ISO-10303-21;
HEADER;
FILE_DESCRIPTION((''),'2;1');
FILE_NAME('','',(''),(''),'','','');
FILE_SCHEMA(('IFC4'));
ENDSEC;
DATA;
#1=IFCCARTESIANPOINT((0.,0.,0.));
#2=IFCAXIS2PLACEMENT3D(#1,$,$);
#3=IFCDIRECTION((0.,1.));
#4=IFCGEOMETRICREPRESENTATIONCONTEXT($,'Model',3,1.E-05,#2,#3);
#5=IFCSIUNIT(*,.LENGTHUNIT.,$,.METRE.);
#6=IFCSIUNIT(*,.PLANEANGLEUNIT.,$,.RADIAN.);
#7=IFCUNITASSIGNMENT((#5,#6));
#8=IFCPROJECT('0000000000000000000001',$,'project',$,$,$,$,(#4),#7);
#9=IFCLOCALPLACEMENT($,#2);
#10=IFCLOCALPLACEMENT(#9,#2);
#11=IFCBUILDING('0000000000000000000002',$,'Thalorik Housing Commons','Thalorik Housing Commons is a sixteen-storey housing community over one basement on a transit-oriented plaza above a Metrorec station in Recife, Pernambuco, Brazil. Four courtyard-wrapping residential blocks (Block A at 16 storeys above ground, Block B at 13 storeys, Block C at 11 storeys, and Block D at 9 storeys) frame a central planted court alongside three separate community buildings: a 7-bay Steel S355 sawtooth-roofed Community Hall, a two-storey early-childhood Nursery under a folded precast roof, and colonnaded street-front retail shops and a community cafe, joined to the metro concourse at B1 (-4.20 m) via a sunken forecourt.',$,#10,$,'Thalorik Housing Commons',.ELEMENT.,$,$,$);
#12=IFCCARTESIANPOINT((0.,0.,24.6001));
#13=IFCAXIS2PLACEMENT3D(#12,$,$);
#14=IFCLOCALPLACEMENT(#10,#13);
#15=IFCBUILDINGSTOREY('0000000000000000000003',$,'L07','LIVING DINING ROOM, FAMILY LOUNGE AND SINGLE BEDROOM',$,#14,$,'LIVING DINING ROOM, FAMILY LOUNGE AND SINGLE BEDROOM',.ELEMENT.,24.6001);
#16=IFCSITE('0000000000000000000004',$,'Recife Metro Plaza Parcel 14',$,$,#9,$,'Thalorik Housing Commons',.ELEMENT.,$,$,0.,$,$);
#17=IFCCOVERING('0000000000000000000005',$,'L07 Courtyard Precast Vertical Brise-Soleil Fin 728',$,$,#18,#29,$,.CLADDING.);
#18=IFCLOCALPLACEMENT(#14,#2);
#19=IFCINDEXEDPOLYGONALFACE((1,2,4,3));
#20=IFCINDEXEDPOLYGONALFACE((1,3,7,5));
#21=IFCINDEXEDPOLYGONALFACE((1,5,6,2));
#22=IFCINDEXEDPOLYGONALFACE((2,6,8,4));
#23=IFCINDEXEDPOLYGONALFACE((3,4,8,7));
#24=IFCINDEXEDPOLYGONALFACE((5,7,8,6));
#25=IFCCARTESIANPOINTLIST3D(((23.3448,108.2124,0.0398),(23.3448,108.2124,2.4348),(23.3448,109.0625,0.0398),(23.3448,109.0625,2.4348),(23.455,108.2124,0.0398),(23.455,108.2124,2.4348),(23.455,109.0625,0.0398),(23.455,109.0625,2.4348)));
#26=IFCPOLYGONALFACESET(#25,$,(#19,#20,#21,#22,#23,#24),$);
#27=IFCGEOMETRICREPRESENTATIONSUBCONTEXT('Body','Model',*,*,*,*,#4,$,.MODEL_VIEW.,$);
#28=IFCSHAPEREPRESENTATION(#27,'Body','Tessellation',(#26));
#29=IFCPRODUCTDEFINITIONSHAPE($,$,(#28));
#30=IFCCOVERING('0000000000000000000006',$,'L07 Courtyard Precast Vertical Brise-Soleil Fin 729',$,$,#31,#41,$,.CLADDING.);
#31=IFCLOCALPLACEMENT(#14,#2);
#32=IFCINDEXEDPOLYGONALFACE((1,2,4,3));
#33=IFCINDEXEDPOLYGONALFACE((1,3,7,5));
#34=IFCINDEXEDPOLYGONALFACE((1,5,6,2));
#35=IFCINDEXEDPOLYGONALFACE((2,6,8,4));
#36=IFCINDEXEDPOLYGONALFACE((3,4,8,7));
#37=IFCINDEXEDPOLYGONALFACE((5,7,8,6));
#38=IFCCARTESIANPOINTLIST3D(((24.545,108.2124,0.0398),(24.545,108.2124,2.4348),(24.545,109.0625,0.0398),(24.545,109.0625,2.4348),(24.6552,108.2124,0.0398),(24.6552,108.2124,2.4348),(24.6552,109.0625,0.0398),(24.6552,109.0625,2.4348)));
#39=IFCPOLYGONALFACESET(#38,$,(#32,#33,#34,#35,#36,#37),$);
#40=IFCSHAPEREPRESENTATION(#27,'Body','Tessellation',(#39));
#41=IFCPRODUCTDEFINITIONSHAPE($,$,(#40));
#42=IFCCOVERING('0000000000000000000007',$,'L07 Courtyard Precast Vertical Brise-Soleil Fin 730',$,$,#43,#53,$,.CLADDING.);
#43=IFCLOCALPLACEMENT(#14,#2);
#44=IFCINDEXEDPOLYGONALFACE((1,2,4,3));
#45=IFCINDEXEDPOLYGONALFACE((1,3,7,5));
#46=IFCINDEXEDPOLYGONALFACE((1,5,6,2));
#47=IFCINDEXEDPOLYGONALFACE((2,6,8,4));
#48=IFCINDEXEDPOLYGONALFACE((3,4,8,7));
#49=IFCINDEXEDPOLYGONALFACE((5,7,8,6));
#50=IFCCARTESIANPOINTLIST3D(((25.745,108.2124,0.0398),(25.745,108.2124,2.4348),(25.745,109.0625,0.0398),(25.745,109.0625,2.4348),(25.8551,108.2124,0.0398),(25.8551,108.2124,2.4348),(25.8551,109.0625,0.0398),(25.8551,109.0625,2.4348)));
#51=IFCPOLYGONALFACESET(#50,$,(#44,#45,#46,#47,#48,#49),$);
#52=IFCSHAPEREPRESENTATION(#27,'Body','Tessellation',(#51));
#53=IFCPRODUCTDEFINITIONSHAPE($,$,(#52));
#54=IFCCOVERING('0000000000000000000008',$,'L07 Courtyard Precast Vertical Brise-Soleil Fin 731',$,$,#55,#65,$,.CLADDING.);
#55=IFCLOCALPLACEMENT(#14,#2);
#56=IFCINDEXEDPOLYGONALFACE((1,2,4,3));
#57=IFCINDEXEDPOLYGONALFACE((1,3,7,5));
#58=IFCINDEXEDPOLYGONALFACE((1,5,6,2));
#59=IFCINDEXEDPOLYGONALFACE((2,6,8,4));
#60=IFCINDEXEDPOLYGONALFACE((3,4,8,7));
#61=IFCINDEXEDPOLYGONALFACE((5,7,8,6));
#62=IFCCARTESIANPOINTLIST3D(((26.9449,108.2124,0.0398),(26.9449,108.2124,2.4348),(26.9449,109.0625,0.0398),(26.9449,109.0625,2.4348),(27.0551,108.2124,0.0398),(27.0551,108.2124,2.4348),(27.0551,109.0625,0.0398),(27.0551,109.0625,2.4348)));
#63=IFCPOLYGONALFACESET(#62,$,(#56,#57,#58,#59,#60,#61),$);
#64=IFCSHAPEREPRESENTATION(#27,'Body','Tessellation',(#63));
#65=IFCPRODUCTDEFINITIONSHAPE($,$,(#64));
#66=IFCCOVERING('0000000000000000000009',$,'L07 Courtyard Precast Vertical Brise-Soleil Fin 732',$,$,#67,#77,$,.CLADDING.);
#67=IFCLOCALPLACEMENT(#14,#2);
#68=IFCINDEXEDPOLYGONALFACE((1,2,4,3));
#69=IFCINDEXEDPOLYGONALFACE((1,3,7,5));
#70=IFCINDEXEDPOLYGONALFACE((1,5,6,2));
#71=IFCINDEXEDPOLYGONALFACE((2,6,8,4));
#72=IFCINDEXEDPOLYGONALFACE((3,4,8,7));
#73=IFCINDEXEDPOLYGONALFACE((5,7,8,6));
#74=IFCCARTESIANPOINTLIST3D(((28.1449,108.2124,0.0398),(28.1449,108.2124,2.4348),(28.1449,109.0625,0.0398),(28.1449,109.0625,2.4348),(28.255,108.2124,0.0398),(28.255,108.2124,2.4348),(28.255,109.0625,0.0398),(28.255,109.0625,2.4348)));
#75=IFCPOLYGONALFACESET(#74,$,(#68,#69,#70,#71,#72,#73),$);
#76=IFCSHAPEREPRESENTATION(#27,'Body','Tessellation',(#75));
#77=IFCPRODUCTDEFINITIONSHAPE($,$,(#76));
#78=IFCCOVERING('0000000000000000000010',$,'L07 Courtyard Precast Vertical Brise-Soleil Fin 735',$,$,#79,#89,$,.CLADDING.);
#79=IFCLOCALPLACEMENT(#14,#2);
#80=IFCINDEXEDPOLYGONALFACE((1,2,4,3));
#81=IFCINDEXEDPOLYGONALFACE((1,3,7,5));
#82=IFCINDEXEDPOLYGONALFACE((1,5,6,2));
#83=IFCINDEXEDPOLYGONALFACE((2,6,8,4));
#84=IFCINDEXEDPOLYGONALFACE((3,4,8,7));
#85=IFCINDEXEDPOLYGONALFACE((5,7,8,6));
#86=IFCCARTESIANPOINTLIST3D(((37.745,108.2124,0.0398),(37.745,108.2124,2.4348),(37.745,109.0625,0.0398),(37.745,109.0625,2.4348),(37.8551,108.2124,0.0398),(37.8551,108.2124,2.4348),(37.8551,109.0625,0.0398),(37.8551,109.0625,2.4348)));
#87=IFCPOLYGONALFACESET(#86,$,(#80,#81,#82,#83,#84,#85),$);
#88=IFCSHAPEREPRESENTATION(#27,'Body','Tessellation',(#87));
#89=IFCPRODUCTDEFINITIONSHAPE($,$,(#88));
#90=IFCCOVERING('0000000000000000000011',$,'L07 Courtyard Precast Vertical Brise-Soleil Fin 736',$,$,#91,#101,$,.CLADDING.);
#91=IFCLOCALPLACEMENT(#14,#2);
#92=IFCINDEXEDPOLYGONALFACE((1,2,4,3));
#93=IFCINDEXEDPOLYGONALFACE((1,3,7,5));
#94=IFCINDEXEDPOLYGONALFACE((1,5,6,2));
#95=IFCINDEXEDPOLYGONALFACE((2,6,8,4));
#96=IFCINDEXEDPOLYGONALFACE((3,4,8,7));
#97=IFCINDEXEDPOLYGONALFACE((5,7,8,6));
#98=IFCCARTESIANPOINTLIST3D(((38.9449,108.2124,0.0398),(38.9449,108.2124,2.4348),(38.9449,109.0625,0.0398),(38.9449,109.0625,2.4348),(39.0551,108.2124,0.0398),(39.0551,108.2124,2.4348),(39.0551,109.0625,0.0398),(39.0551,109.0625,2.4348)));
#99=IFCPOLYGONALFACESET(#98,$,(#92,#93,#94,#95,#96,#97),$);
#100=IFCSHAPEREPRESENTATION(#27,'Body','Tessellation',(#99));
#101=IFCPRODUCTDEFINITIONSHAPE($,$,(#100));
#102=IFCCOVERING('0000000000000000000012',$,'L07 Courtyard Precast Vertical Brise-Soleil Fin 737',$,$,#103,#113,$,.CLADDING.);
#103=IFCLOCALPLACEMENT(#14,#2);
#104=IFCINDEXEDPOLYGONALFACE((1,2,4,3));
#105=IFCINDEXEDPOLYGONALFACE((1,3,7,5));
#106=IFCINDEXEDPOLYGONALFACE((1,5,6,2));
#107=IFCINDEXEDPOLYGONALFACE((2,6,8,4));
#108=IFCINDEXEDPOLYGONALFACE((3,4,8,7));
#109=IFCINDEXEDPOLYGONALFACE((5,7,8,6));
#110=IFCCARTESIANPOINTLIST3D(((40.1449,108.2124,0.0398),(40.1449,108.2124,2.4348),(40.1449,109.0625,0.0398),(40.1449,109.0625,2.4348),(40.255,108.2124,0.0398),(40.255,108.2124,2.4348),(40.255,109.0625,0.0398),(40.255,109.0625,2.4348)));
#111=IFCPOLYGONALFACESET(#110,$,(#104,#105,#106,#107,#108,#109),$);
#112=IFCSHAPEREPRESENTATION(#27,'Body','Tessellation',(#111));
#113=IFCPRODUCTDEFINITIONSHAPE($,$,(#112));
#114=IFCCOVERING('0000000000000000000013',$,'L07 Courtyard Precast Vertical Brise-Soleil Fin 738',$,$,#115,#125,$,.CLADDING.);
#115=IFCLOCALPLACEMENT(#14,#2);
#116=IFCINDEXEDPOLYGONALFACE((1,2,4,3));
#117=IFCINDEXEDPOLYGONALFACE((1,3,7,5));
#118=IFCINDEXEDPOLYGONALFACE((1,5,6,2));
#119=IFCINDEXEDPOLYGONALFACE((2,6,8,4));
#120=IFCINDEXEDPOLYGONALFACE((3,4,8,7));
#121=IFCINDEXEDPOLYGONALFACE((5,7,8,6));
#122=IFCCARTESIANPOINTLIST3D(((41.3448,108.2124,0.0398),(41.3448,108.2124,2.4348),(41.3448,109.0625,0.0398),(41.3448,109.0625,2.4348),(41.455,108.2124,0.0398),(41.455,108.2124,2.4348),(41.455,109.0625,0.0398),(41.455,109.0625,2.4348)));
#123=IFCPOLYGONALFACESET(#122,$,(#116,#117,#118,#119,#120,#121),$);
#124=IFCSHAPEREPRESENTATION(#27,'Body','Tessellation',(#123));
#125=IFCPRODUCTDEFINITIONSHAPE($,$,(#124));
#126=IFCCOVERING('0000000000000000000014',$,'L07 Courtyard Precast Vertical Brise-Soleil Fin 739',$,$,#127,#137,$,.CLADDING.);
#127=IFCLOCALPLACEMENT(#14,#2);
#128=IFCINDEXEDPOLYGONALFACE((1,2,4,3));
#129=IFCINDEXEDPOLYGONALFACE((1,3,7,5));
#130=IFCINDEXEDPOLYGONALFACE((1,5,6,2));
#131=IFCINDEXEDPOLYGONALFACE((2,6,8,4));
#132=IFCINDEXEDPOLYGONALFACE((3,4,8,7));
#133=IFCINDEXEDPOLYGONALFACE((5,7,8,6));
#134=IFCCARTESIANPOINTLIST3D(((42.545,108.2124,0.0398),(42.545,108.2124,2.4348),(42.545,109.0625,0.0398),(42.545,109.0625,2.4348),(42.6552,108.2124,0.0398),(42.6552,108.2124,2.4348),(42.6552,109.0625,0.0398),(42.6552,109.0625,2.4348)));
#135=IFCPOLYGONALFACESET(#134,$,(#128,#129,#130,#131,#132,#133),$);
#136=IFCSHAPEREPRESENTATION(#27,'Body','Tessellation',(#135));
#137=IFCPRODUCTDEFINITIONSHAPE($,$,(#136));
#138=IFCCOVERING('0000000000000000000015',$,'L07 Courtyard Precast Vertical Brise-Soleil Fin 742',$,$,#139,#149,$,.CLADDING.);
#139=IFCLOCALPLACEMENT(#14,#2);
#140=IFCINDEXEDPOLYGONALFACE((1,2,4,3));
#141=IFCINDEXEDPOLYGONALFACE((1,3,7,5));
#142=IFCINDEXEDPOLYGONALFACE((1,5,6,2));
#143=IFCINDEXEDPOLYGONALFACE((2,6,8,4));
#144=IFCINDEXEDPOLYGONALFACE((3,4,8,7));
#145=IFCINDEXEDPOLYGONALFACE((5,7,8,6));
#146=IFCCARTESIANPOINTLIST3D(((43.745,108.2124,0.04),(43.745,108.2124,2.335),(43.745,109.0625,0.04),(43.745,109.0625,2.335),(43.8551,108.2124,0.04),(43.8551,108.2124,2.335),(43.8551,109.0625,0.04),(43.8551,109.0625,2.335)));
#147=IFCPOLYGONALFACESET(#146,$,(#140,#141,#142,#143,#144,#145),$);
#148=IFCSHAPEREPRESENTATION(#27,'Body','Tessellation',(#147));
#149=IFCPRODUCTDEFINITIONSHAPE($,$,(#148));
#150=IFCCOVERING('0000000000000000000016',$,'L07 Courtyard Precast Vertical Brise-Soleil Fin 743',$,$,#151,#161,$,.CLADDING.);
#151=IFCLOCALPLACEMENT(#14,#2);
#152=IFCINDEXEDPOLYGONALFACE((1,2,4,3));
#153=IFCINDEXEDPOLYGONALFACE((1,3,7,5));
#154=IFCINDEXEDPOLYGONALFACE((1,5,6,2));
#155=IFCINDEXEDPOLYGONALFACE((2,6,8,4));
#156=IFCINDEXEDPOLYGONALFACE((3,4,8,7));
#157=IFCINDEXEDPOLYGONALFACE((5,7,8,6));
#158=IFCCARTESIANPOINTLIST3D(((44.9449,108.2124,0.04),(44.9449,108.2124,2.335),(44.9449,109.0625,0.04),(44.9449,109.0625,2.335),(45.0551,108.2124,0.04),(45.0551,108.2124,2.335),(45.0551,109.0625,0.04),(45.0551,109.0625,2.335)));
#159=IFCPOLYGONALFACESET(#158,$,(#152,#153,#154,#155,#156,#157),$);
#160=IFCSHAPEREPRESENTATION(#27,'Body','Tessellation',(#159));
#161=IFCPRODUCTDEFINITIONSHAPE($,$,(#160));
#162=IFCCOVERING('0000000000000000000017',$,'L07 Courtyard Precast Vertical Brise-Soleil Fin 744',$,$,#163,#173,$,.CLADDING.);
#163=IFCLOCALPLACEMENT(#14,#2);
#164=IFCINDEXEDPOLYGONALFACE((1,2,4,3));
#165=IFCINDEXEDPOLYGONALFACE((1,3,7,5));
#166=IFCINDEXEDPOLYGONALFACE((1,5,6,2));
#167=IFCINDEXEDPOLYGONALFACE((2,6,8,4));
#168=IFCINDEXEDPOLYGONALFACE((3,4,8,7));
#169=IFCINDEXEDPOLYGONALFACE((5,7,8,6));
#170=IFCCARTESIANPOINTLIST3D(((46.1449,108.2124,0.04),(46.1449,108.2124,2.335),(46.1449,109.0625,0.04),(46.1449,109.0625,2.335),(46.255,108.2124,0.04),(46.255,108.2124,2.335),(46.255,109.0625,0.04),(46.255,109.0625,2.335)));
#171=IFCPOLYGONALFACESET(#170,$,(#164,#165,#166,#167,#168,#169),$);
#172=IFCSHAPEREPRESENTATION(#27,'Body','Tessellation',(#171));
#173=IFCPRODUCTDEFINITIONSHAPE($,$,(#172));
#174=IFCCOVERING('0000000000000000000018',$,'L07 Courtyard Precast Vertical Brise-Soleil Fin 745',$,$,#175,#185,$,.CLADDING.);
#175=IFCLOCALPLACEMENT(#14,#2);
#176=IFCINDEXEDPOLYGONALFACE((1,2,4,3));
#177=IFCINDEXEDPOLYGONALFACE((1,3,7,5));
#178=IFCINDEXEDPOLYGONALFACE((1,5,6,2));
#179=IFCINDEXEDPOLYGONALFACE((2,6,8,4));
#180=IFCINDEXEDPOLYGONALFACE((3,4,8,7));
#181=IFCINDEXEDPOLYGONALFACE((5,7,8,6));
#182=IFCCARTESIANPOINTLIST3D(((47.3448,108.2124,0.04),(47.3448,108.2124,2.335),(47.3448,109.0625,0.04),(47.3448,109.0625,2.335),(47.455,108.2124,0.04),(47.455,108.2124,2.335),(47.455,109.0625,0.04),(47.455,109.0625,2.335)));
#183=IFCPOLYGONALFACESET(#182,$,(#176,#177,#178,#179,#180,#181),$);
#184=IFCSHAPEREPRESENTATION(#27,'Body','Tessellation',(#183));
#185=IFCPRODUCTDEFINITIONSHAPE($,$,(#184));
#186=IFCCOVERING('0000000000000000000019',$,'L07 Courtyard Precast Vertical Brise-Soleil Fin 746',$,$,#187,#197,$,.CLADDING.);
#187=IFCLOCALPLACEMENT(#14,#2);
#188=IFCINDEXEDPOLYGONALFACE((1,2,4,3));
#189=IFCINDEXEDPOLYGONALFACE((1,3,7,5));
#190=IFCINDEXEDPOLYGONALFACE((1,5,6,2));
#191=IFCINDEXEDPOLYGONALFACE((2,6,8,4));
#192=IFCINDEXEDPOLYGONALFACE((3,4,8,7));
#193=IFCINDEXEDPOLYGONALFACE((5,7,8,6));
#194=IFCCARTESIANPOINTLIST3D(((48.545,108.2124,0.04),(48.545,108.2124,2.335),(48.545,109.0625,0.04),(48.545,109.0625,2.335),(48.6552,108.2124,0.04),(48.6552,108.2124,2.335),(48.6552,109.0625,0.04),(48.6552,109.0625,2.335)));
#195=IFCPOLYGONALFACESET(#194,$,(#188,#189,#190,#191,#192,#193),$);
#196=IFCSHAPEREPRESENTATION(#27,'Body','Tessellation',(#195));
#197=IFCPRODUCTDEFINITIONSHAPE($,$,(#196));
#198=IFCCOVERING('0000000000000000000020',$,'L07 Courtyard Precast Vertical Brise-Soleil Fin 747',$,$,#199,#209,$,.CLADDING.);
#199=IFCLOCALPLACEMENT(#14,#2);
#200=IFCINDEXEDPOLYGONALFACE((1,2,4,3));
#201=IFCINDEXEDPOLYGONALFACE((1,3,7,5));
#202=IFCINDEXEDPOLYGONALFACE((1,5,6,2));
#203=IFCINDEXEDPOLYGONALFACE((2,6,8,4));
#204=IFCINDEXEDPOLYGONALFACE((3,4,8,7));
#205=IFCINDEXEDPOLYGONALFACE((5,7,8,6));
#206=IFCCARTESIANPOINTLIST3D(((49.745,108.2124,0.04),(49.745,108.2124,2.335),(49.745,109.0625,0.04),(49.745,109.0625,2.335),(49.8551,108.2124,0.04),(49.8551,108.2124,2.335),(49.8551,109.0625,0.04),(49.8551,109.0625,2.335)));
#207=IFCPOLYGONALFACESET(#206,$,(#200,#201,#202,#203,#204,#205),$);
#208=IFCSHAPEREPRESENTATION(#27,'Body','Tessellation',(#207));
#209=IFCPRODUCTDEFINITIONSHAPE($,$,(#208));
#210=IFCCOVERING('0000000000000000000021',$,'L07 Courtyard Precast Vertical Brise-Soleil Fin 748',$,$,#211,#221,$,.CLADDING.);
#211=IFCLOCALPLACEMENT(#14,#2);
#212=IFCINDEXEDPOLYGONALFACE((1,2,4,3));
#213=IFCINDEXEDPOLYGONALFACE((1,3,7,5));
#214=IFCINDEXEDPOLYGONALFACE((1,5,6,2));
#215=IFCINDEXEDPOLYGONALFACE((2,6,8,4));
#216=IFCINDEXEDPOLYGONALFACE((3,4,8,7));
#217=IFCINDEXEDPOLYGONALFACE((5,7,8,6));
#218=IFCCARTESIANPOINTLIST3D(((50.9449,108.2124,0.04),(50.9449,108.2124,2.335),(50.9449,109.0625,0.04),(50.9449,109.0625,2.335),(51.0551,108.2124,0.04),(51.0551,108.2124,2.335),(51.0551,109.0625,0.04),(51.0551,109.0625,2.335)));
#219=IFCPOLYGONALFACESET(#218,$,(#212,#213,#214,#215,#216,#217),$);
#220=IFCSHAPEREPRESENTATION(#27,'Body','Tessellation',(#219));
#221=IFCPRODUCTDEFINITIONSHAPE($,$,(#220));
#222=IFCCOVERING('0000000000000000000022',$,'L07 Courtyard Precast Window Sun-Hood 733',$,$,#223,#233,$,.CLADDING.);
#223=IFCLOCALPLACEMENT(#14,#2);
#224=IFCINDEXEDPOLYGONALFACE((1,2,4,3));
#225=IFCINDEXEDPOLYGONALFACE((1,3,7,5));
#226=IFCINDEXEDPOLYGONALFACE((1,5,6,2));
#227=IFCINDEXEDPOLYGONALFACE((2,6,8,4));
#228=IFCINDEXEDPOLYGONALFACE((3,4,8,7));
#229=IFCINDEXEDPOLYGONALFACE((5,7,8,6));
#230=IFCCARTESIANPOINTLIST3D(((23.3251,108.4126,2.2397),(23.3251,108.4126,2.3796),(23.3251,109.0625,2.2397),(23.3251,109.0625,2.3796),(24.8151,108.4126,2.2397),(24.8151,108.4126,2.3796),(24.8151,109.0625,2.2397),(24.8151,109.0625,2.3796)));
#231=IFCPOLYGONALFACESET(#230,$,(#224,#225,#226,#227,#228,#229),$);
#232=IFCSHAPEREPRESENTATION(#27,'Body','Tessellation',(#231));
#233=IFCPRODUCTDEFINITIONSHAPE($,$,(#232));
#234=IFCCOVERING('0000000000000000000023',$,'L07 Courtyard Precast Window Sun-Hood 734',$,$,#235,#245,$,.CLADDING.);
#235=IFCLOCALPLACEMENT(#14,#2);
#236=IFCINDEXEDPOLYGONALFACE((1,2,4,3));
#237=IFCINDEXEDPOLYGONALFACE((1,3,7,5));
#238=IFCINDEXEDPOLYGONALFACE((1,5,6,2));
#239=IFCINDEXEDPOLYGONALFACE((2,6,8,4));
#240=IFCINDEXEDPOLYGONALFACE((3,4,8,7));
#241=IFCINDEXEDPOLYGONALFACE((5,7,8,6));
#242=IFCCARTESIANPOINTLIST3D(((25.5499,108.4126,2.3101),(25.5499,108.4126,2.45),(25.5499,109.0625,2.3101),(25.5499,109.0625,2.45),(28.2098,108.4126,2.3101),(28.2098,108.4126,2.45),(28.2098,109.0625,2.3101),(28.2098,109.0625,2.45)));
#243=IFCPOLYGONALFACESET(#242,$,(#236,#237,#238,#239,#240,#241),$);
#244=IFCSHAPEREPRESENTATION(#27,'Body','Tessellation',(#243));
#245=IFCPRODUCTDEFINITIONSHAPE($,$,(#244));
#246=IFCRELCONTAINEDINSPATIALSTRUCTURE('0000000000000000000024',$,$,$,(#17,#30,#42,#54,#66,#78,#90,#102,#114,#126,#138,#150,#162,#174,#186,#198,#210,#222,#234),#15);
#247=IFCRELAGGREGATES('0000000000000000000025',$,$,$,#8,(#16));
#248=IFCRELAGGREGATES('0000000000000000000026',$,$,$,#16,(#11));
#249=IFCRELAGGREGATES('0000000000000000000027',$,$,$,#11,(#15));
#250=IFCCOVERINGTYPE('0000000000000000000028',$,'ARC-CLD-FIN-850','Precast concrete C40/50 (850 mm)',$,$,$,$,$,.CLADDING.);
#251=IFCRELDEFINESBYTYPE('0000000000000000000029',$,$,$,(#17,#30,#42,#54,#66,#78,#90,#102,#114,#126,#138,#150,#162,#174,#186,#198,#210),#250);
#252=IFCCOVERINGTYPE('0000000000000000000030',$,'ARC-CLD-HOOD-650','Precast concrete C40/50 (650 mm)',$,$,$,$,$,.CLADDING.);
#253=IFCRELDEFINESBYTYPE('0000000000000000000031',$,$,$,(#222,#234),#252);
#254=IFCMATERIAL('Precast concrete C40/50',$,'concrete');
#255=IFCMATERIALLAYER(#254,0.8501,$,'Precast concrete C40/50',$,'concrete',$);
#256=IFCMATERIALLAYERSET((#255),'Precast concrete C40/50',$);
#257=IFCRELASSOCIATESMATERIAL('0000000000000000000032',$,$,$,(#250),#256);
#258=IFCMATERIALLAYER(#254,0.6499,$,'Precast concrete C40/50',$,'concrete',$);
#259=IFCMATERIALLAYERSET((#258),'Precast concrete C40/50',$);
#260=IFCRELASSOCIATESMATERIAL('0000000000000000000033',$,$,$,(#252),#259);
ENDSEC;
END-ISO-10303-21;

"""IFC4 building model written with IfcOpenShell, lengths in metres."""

from ifc_helpers import new_model, si_unit, direction, frame, origin, origin_2d, place, context, subcontext, project, spatial, rectangle, extrude, material, layer, layer_set, type_object, element, save


model = new_model("IFC4")

# Units and contexts
model_context = context("Model", 3, precision=1e-05, world=origin(), true_north=direction((0.0, 1.0)))
body_context = subcontext(model_context, "Body", "Model", "MODEL_VIEW")
ifc_project = project(units=[si_unit("LENGTHUNIT", "METRE"), si_unit("PLANEANGLEUNIT", "RADIAN")], contexts=[model_context])

# Site, building, storey
site_placement = place(None, origin())
site = spatial("IfcSite", under=ifc_project, at=site_placement, Name="Recife Metro Plaza Parcel 14", LongName="Thalorik Housing Commons", CompositionType="ELEMENT", RefElevation=0.0)
building_placement = place(site_placement, origin())
building = spatial("IfcBuilding", under=site, at=building_placement, Name="Thalorik Housing Commons", Description="Thalorik Housing Commons is a sixteen-storey housing community over one basement on a transit-oriented plaza above a Metrorec station in Recife, Pernambuco, Brazil. Four courtyard-wrapping residential blocks (Block A at 16 storeys above ground, Block B at 13 storeys, Block C at 11 storeys, and Block D at 9 storeys) frame a central planted court alongside three separate community buildings: a 7-bay Steel S355 sawtooth-roofed Community Hall, a two-storey early-childhood Nursery under a folded precast roof, and colonnaded street-front retail shops and a community cafe, joined to the metro concourse at B1 (-4.20 m) via a sunken forecourt.", LongName="Thalorik Housing Commons", CompositionType="ELEMENT")
storey_placement = place(building_placement, frame((0.0, 0.0, 24.6001)))
storey = spatial("IfcBuildingStorey", under=building, at=storey_placement, Name="L07", Description="LIVING DINING ROOM, FAMILY LOUNGE AND SINGLE BEDROOM", LongName="LIVING DINING ROOM, FAMILY LOUNGE AND SINGLE BEDROOM", CompositionType="ELEMENT", Elevation=24.6001)

# Coverings
ifc_material = material(Name="Precast concrete C40/50", Category="concrete")
ifc_layer_1 = layer(ifc_material, 0.8501, Name="Precast concrete C40/50", Category="concrete")
ifc_layer_set_1 = layer_set([ifc_layer_1], Name="Precast concrete C40/50")
covering_type_1 = type_object("IfcCoveringType", Name="ARC-CLD-FIN-850", Description="Precast concrete C40/50 (850 mm)", PredefinedType="CLADDING", material=ifc_layer_set_1)
for number, where, z_axis, x_axis, name in (
    (1, (23.3999, 108.6375, 0.0398), (0.0, 0.0, 1.0), (1.0, 0.0, 0.0), "L07 Courtyard Precast Vertical Brise-Soleil Fin 728"),
    (2, (24.6001, 108.6375, 0.0398), (0.0, 0.0, 1.0), (1.0, 0.0, 0.0), "L07 Courtyard Precast Vertical Brise-Soleil Fin 729"),
    (3, (25.8, 108.6375, 0.0398), (0.0, 0.0, 1.0), (1.0, 0.0, 0.0), "L07 Courtyard Precast Vertical Brise-Soleil Fin 730"),
    (4, (27.0, 108.6375, 0.0398), (0.0, 0.0, 1.0), (1.0, 0.0, 0.0), "L07 Courtyard Precast Vertical Brise-Soleil Fin 731"),
    (5, (28.2, 108.6375, 0.0398), (0.0, 0.0, 1.0), (1.0, 0.0, 0.0), "L07 Courtyard Precast Vertical Brise-Soleil Fin 732"),
    (6, (37.8, 108.6375, 0.0398), (0.0, 0.0, 1.0), (1.0, 0.0, 0.0), "L07 Courtyard Precast Vertical Brise-Soleil Fin 735"),
    (7, (39.0, 108.6375, 0.0398), (0.0, 0.0, 1.0), (1.0, 0.0, 0.0), "L07 Courtyard Precast Vertical Brise-Soleil Fin 736"),
    (8, (40.2, 108.6375, 0.0398), (0.0, 0.0, 1.0), (1.0, 0.0, 0.0), "L07 Courtyard Precast Vertical Brise-Soleil Fin 737"),
    (9, (41.3999, 108.6375, 0.0398), (0.0, 0.0, 1.0), (1.0, 0.0, 0.0), "L07 Courtyard Precast Vertical Brise-Soleil Fin 738"),
    (10, (42.6001, 108.6375, 0.0398), (0.0, 0.0, 1.0), (1.0, 0.0, 0.0), "L07 Courtyard Precast Vertical Brise-Soleil Fin 739"),
):
    element("IfcCovering", number, at=place(storey_placement, frame(where, z_axis=z_axis, x_axis=x_axis)), inside=storey, type_object=covering_type_1, Name=name, PredefinedType="CLADDING", context=body_context, shape_type="SweptSolid", body=[
        extrude(rectangle(XDim=0.1101, YDim=0.8501, at=origin_2d()), origin(), (0.0, 0.0, 1.0), 2.395),
    ])
for number, where, z_axis, x_axis, name in (
    (11, (43.8, 108.6375, 0.04), (0.0, 0.0, 1.0), (1.0, 0.0, 0.0), "L07 Courtyard Precast Vertical Brise-Soleil Fin 742"),
    (12, (45.0, 108.6375, 0.04), (0.0, 0.0, 1.0), (1.0, 0.0, 0.0), "L07 Courtyard Precast Vertical Brise-Soleil Fin 743"),
    (13, (46.2, 108.6375, 0.04), (0.0, 0.0, 1.0), (1.0, 0.0, 0.0), "L07 Courtyard Precast Vertical Brise-Soleil Fin 744"),
    (14, (47.3999, 108.6375, 0.04), (0.0, 0.0, 1.0), (1.0, 0.0, 0.0), "L07 Courtyard Precast Vertical Brise-Soleil Fin 745"),
    (15, (48.6001, 108.6375, 0.04), (0.0, 0.0, 1.0), (1.0, 0.0, 0.0), "L07 Courtyard Precast Vertical Brise-Soleil Fin 746"),
    (16, (49.8, 108.6375, 0.04), (0.0, 0.0, 1.0), (1.0, 0.0, 0.0), "L07 Courtyard Precast Vertical Brise-Soleil Fin 747"),
    (17, (51.0, 108.6375, 0.04), (0.0, 0.0, 1.0), (1.0, 0.0, 0.0), "L07 Courtyard Precast Vertical Brise-Soleil Fin 748"),
):
    element("IfcCovering", number, at=place(storey_placement, frame(where, z_axis=z_axis, x_axis=x_axis)), inside=storey, type_object=covering_type_1, Name=name, PredefinedType="CLADDING", context=body_context, shape_type="SweptSolid", body=[
        extrude(rectangle(XDim=0.1101, YDim=0.8501, at=origin_2d()), origin(), (0.0, 0.0, 1.0), 2.2949),
    ])
ifc_layer_2 = layer(ifc_material, 0.6499, Name="Precast concrete C40/50", Category="concrete")
ifc_layer_set_2 = layer_set([ifc_layer_2], Name="Precast concrete C40/50")
covering_type_2 = type_object("IfcCoveringType", Name="ARC-CLD-HOOD-650", Description="Precast concrete C40/50 (650 mm)", PredefinedType="CLADDING", material=ifc_layer_set_2)
covering_1_placement = place(storey_placement, frame((24.0701, 108.7375, 2.2397), z_axis=(0.0, 0.0, 1.0), x_axis=(1.0, 0.0, 0.0)))
element("IfcCovering", 18, at=covering_1_placement, inside=storey, type_object=covering_type_2, Name="L07 Courtyard Precast Window Sun-Hood 733", PredefinedType="CLADDING", context=body_context, shape_type="SweptSolid", body=[
    extrude(rectangle(XDim=1.49, YDim=0.6499, at=origin_2d()), origin(), (0.0, 0.0, 1.0), 0.1399),
])
covering_2_placement = place(storey_placement, frame((26.8799, 108.7375, 2.3101), z_axis=(0.0, 0.0, 1.0), x_axis=(1.0, 0.0, 0.0)))
element("IfcCovering", 19, at=covering_2_placement, inside=storey, type_object=covering_type_2, Name="L07 Courtyard Precast Window Sun-Hood 734", PredefinedType="CLADDING", context=body_context, shape_type="SweptSolid", body=[
    extrude(rectangle(XDim=2.6599, YDim=0.6499, at=origin_2d()), origin(), (0.0, 0.0, 1.0), 0.1399),
])

save(model, "model.ifc")
